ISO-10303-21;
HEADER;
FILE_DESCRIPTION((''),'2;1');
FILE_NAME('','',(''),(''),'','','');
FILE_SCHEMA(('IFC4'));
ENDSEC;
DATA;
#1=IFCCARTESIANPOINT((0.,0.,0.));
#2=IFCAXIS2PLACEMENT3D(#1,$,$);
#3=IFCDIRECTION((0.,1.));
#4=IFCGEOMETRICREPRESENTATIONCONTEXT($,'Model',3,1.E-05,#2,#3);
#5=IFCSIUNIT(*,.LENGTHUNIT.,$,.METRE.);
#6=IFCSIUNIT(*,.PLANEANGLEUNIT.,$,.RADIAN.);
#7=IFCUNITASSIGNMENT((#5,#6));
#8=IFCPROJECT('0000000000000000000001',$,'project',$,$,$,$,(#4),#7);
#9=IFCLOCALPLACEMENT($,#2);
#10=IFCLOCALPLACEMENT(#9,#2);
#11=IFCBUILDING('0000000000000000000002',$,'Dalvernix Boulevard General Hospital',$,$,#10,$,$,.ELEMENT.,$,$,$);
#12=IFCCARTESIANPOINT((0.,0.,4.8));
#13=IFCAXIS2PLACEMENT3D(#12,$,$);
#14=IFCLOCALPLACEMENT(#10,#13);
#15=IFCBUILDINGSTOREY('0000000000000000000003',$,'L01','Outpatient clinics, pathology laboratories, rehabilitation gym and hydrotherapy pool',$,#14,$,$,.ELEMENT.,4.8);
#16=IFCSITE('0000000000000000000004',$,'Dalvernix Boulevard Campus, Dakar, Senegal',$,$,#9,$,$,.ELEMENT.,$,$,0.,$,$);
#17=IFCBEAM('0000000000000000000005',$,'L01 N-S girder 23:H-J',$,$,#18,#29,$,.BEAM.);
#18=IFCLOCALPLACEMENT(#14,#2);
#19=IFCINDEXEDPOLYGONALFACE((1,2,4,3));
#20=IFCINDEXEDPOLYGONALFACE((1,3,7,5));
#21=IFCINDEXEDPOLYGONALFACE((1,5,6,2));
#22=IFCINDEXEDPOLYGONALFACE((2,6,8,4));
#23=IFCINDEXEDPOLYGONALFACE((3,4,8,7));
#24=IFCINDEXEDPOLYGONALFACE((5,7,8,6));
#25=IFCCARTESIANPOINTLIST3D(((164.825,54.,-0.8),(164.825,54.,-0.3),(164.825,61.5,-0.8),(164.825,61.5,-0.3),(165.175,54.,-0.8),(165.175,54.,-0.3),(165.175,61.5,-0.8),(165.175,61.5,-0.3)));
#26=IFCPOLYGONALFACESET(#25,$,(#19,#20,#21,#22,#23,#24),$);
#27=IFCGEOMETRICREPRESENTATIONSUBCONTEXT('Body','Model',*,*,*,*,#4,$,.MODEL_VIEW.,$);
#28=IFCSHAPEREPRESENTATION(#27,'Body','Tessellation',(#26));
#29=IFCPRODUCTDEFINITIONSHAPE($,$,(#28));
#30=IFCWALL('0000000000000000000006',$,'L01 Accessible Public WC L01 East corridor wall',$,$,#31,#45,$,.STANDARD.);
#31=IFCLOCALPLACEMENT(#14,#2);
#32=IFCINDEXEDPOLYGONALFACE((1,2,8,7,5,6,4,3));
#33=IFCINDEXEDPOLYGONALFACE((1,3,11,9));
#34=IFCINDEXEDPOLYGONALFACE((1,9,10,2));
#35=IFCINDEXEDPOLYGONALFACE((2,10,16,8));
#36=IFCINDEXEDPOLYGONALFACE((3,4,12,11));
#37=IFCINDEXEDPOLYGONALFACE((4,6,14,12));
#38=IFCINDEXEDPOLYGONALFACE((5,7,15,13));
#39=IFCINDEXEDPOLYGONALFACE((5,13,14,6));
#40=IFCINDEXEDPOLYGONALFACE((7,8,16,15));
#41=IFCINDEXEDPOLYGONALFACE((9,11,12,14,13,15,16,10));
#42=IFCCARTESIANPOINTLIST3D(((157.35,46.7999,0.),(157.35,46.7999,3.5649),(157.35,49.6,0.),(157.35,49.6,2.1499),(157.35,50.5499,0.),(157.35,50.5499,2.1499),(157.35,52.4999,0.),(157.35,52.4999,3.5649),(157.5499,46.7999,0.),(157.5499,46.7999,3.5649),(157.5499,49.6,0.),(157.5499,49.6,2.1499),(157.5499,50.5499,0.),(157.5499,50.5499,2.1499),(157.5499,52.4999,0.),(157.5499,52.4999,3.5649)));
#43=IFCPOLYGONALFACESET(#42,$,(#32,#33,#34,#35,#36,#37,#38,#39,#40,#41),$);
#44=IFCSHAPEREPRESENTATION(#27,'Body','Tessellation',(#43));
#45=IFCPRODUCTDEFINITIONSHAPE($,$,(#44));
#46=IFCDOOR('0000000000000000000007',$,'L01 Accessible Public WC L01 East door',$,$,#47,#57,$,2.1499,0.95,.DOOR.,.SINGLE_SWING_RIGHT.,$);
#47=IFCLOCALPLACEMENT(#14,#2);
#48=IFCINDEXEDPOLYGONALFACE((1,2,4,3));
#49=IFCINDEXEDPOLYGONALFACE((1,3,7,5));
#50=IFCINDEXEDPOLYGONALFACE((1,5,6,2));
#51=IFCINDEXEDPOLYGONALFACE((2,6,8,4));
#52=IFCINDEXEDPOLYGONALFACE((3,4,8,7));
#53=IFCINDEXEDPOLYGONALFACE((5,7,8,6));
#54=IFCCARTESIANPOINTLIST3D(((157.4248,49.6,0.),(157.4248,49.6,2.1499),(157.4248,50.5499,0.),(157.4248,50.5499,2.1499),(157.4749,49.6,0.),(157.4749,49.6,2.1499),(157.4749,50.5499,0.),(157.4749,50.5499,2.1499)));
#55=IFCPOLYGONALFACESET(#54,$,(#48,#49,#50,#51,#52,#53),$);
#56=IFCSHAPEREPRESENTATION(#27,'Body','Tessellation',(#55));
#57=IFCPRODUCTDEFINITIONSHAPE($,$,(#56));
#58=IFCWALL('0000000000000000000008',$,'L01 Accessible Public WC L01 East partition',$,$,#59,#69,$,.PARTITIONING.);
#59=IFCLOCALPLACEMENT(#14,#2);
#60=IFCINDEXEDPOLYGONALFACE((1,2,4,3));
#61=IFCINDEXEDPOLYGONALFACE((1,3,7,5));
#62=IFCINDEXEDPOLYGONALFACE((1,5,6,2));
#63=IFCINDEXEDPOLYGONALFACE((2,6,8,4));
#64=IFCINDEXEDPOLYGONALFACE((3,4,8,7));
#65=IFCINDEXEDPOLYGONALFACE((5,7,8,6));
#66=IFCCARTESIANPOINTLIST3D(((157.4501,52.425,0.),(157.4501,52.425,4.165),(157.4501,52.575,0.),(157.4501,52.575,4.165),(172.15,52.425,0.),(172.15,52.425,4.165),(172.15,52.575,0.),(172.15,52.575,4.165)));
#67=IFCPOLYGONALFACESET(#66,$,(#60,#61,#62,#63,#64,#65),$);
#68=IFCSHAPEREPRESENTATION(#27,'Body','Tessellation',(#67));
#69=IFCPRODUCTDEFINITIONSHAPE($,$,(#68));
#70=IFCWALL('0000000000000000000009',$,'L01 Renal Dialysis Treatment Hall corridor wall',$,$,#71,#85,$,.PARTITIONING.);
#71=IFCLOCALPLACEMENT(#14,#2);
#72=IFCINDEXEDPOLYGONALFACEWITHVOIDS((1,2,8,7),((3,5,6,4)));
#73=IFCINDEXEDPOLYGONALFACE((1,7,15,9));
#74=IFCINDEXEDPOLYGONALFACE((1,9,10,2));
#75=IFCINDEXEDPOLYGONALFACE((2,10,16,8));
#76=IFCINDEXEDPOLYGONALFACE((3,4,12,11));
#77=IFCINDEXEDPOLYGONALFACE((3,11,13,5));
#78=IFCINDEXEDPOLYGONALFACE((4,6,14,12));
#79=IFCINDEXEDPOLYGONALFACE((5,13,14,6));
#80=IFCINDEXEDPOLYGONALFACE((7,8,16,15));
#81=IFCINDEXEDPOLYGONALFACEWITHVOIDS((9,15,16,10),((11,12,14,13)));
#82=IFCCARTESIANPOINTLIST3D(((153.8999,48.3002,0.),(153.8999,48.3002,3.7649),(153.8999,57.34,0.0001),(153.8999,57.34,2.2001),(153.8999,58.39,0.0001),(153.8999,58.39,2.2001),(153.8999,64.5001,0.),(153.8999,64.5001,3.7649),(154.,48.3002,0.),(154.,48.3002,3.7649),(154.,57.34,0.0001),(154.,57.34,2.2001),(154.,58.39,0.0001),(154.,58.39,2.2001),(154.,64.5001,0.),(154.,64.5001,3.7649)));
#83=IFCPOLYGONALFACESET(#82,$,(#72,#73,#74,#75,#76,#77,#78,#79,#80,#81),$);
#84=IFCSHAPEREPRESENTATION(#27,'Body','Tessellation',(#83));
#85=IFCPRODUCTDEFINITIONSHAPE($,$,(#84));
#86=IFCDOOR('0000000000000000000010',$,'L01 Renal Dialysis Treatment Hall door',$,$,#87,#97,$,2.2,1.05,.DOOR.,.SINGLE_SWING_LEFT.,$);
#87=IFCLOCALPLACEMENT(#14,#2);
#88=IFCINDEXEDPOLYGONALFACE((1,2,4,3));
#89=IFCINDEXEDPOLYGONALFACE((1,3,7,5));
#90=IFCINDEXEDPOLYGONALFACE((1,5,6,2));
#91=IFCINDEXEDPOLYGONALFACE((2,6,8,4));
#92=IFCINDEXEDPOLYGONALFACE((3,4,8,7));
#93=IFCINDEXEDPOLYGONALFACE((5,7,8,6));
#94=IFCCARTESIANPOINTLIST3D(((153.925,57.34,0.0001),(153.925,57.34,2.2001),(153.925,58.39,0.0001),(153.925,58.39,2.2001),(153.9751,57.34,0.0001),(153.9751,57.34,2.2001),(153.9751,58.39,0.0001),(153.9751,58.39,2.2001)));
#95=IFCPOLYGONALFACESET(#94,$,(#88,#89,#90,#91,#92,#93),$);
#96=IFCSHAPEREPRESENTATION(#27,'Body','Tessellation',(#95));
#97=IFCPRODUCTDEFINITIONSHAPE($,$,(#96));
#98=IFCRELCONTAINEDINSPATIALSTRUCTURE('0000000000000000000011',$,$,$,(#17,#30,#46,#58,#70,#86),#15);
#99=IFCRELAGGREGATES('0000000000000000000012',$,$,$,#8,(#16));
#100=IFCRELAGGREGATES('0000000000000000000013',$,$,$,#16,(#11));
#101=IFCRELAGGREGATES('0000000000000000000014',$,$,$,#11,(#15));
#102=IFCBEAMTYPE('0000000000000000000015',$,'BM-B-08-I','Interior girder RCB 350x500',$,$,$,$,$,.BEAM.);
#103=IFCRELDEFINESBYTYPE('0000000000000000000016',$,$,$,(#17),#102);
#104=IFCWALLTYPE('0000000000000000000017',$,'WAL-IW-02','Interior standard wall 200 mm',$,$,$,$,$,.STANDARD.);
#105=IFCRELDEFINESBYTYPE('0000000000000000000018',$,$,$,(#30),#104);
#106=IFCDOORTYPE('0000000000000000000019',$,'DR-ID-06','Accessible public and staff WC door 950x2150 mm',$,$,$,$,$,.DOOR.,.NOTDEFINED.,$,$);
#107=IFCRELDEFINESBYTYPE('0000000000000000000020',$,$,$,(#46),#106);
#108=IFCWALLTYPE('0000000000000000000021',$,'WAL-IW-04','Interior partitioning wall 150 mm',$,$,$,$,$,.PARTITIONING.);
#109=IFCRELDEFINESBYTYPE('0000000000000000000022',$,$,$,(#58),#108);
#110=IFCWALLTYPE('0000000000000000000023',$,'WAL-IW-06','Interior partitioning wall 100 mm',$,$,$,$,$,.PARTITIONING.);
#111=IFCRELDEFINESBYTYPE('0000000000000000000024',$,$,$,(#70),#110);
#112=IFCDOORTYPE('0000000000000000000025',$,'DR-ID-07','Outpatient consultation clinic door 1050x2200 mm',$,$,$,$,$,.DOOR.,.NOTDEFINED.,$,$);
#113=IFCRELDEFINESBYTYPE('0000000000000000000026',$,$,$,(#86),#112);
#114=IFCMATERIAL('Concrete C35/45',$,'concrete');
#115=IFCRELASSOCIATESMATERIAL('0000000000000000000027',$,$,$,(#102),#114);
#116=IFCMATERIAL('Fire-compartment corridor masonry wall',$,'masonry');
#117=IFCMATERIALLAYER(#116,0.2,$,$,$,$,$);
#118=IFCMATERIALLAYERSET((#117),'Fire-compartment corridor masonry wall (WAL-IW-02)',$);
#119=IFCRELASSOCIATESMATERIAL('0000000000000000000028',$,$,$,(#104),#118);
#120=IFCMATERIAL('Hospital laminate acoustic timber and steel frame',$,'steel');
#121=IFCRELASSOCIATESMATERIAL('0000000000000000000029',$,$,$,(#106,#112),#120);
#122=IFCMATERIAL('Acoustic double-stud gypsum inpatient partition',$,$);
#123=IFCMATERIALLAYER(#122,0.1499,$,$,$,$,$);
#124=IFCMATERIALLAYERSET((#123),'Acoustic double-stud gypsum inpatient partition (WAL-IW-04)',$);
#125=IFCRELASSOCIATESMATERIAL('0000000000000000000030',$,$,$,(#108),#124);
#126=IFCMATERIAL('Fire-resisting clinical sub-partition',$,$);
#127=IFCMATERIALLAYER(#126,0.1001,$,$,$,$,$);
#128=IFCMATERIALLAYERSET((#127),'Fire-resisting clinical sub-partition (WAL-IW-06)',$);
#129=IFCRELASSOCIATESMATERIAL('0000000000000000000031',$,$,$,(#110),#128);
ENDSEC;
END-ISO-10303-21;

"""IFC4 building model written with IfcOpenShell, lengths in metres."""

from ifc_helpers import new_model, si_unit, direction, frame, frame_2d, origin, origin_2d, place, context, subcontext, project, spatial, rectangle, extrude, material, layer, layer_set, material_profile, profile_set, type_object, element, fill, save


model = new_model("IFC4")

# Units and contexts
model_context = context("Model", 3, precision=1e-05, world=origin(), true_north=direction((0.0, 1.0)))
body_context = subcontext(model_context, "Body", "Model", "MODEL_VIEW")
ifc_project = project(units=[si_unit("LENGTHUNIT", "METRE"), si_unit("PLANEANGLEUNIT", "RADIAN")], contexts=[model_context])

# Site, building, storey
site_placement = place(None, origin())
site = spatial("IfcSite", under=ifc_project, at=site_placement, Name="Dalvernix Boulevard Campus, Dakar, Senegal", CompositionType="ELEMENT", RefElevation=0.0)
building_placement = place(site_placement, origin())
building = spatial("IfcBuilding", under=site, at=building_placement, Name="Dalvernix Boulevard General Hospital", CompositionType="ELEMENT")
storey_placement = place(building_placement, frame((0.0, 0.0, 4.8)))
storey = spatial("IfcBuildingStorey", under=building, at=storey_placement, Name="L01", Description="Outpatient clinics, pathology laboratories, rehabilitation gym and hydrotherapy pool", CompositionType="ELEMENT", Elevation=4.8)

# Beam
ifc_material_1 = material(Name="Concrete C35/45", Category="concrete")
ifc_material_profile_1 = material_profile(ifc_material_1, rectangle(XDim=0.3501, YDim=0.5, at=origin_2d()), Name="RCB 350x500")
ifc_profile_set_1 = profile_set([ifc_material_profile_1], Name="Concrete C35/45")
beam_type_1 = type_object("IfcBeamType", Name="BM-B-08-I", Description="Interior girder RCB 350x500", PredefinedType="BEAM", material=ifc_profile_set_1)
for number, where, z_axis, x_axis, name in (
    (1, (165.0, 54.0, -0.55), (0.0, 1.0, 0.0), (-1.0, 0.0, 0.0), "L01 N-S girder 23:H-J"),
):
    element("IfcBeam", number, at=place(storey_placement, frame(where, z_axis=z_axis, x_axis=x_axis)), inside=storey, type_object=beam_type_1, Name=name, PredefinedType="BEAM", context=body_context, shape_type="SweptSolid", body=[
        extrude(rectangle(XDim=0.3501, YDim=0.5, at=origin_2d()), origin(), (0.0, 0.0, 1.0), 7.5),
    ])

# Wall, opening, door
ifc_material_2 = material(Name="Fire-compartment corridor masonry wall", Category="masonry")
ifc_layer_1 = layer(ifc_material_2, 0.2)
ifc_layer_set_1 = layer_set([ifc_layer_1], Name="Fire-compartment corridor masonry wall (WAL-IW-02)")
wall_type_1 = type_object("IfcWallType", Name="WAL-IW-02", Description="Interior standard wall 200 mm", PredefinedType="STANDARD", material=ifc_layer_set_1)
wall_1_placement = place(storey_placement, frame((157.45, 52.5, 0.0), z_axis=(0.0, 0.0, 1.0), x_axis=(0.0, -1.0, 0.0)))
wall_1 = element("IfcWall", 2, at=wall_1_placement, inside=storey, type_object=wall_type_1, Name="L01 Accessible Public WC L01 East corridor wall", PredefinedType="STANDARD", context=body_context, shape_type="SweptSolid", body=[
    extrude(rectangle(XDim=5.7, YDim=0.2, at=frame_2d((2.8501, 0.0))), origin(), (0.0, 0.0, 1.0), 3.5649),
])
opening_1_placement = place(wall_1_placement, frame((1.95, 0.0, 0.0)))
opening_1 = element("IfcOpeningElement", 3, at=opening_1_placement, cuts=wall_1, PredefinedType="OPENING", context=body_context, shape_type="SweptSolid", body=[
    extrude(rectangle(XDim=0.95, YDim=2.1499, at=frame_2d((0.4751, 1.075))), frame((0.0, 0.1099, 0.0), z_axis=(0.0, -1.0, 0.0), x_axis=(1.0, 0.0, 0.0)), (0.0, 0.0, 1.0), 0.22),
])
ifc_material_3 = material(Name="Hospital laminate acoustic timber and steel frame", Category="steel")
door_type_1 = type_object("IfcDoorType", Name="DR-ID-06", Description="Accessible public and staff WC door 950x2150 mm", OperationType="NOTDEFINED", PredefinedType="DOOR", material=ifc_material_3)
door_1_placement = place(opening_1_placement, origin())
door_1 = element("IfcDoor", 4, at=door_1_placement, inside=storey, type_object=door_type_1, Name="L01 Accessible Public WC L01 East door", OperationType="SINGLE_SWING_RIGHT", OverallHeight=2.1499, OverallWidth=0.95, PredefinedType="DOOR", context=body_context, shape_type="SweptSolid", body=[
    extrude(rectangle(XDim=0.95, YDim=2.1499, at=frame_2d((0.4751, 1.075))), frame((0.0, 0.0249, 0.0), z_axis=(0.0, -1.0, 0.0), x_axis=(1.0, 0.0, 0.0)), (0.0, 0.0, 1.0), 0.05),
])
fill(opening_1, door_1)

# Wall
ifc_material_4 = material(Name="Acoustic double-stud gypsum inpatient partition")
ifc_layer_2 = layer(ifc_material_4, 0.1499)
ifc_layer_set_2 = layer_set([ifc_layer_2], Name="Acoustic double-stud gypsum inpatient partition (WAL-IW-04)")
wall_type_2 = type_object("IfcWallType", Name="WAL-IW-04", Description="Interior partitioning wall 150 mm", PredefinedType="PARTITIONING", material=ifc_layer_set_2)
wall_2_placement = place(storey_placement, frame((157.45, 52.5, 0.0), z_axis=(0.0, 0.0, 1.0), x_axis=(1.0, 0.0, 0.0)))
element("IfcWall", 5, at=wall_2_placement, inside=storey, type_object=wall_type_2, Name="L01 Accessible Public WC L01 East partition", PredefinedType="PARTITIONING", context=body_context, shape_type="SweptSolid", body=[
    extrude(rectangle(XDim=14.7, YDim=0.1499, at=frame_2d((7.3501, 0.0))), origin(), (0.0, 0.0, 1.0), 4.165),
])

# Wall, opening, door
ifc_material_5 = material(Name="Fire-resisting clinical sub-partition")
ifc_layer_3 = layer(ifc_material_5, 0.1001)
ifc_layer_set_3 = layer_set([ifc_layer_3], Name="Fire-resisting clinical sub-partition (WAL-IW-06)")
wall_type_3 = type_object("IfcWallType", Name="WAL-IW-06", Description="Interior partitioning wall 100 mm", PredefinedType="PARTITIONING", material=ifc_layer_set_3)
wall_3_placement = place(storey_placement, frame((153.95, 48.3, 0.0), z_axis=(0.0, 0.0, 1.0), x_axis=(0.0, 1.0, 0.0)))
wall_3 = element("IfcWall", 6, at=wall_3_placement, inside=storey, type_object=wall_type_3, Name="L01 Renal Dialysis Treatment Hall corridor wall", PredefinedType="PARTITIONING", context=body_context, shape_type="SweptSolid", body=[
    extrude(rectangle(XDim=16.2, YDim=0.1001, at=frame_2d((8.1001, 0.0))), origin(), (0.0, 0.0, 1.0), 3.7649),
])
opening_2_placement = place(wall_3_placement, frame((9.04, 0.0, 0.0)))
opening_2 = element("IfcOpeningElement", 7, at=opening_2_placement, cuts=wall_3, PredefinedType="OPENING", context=body_context, shape_type="SweptSolid", body=[
    extrude(rectangle(XDim=1.05, YDim=2.2, at=frame_2d((0.5249, 1.1001))), frame((0.0, 0.0601, 0.0), z_axis=(0.0, -1.0, 0.0), x_axis=(1.0, 0.0, 0.0)), (0.0, 0.0, 1.0), 0.1201),
])
door_type_2 = type_object("IfcDoorType", Name="DR-ID-07", Description="Outpatient consultation clinic door 1050x2200 mm", OperationType="NOTDEFINED", PredefinedType="DOOR", material=ifc_material_3)
door_2_placement = place(opening_2_placement, origin())
door_2 = element("IfcDoor", 8, at=door_2_placement, inside=storey, type_object=door_type_2, Name="L01 Renal Dialysis Treatment Hall door", OperationType="SINGLE_SWING_LEFT", OverallHeight=2.2, OverallWidth=1.05, PredefinedType="DOOR", context=body_context, shape_type="SweptSolid", body=[
    extrude(rectangle(XDim=1.05, YDim=2.2, at=frame_2d((0.5249, 1.1001))), frame((0.0, 0.0249, 0.0), z_axis=(0.0, -1.0, 0.0), x_axis=(1.0, 0.0, 0.0)), (0.0, 0.0, 1.0), 0.05),
])
fill(opening_2, door_2)

save(model, "model.ifc")
